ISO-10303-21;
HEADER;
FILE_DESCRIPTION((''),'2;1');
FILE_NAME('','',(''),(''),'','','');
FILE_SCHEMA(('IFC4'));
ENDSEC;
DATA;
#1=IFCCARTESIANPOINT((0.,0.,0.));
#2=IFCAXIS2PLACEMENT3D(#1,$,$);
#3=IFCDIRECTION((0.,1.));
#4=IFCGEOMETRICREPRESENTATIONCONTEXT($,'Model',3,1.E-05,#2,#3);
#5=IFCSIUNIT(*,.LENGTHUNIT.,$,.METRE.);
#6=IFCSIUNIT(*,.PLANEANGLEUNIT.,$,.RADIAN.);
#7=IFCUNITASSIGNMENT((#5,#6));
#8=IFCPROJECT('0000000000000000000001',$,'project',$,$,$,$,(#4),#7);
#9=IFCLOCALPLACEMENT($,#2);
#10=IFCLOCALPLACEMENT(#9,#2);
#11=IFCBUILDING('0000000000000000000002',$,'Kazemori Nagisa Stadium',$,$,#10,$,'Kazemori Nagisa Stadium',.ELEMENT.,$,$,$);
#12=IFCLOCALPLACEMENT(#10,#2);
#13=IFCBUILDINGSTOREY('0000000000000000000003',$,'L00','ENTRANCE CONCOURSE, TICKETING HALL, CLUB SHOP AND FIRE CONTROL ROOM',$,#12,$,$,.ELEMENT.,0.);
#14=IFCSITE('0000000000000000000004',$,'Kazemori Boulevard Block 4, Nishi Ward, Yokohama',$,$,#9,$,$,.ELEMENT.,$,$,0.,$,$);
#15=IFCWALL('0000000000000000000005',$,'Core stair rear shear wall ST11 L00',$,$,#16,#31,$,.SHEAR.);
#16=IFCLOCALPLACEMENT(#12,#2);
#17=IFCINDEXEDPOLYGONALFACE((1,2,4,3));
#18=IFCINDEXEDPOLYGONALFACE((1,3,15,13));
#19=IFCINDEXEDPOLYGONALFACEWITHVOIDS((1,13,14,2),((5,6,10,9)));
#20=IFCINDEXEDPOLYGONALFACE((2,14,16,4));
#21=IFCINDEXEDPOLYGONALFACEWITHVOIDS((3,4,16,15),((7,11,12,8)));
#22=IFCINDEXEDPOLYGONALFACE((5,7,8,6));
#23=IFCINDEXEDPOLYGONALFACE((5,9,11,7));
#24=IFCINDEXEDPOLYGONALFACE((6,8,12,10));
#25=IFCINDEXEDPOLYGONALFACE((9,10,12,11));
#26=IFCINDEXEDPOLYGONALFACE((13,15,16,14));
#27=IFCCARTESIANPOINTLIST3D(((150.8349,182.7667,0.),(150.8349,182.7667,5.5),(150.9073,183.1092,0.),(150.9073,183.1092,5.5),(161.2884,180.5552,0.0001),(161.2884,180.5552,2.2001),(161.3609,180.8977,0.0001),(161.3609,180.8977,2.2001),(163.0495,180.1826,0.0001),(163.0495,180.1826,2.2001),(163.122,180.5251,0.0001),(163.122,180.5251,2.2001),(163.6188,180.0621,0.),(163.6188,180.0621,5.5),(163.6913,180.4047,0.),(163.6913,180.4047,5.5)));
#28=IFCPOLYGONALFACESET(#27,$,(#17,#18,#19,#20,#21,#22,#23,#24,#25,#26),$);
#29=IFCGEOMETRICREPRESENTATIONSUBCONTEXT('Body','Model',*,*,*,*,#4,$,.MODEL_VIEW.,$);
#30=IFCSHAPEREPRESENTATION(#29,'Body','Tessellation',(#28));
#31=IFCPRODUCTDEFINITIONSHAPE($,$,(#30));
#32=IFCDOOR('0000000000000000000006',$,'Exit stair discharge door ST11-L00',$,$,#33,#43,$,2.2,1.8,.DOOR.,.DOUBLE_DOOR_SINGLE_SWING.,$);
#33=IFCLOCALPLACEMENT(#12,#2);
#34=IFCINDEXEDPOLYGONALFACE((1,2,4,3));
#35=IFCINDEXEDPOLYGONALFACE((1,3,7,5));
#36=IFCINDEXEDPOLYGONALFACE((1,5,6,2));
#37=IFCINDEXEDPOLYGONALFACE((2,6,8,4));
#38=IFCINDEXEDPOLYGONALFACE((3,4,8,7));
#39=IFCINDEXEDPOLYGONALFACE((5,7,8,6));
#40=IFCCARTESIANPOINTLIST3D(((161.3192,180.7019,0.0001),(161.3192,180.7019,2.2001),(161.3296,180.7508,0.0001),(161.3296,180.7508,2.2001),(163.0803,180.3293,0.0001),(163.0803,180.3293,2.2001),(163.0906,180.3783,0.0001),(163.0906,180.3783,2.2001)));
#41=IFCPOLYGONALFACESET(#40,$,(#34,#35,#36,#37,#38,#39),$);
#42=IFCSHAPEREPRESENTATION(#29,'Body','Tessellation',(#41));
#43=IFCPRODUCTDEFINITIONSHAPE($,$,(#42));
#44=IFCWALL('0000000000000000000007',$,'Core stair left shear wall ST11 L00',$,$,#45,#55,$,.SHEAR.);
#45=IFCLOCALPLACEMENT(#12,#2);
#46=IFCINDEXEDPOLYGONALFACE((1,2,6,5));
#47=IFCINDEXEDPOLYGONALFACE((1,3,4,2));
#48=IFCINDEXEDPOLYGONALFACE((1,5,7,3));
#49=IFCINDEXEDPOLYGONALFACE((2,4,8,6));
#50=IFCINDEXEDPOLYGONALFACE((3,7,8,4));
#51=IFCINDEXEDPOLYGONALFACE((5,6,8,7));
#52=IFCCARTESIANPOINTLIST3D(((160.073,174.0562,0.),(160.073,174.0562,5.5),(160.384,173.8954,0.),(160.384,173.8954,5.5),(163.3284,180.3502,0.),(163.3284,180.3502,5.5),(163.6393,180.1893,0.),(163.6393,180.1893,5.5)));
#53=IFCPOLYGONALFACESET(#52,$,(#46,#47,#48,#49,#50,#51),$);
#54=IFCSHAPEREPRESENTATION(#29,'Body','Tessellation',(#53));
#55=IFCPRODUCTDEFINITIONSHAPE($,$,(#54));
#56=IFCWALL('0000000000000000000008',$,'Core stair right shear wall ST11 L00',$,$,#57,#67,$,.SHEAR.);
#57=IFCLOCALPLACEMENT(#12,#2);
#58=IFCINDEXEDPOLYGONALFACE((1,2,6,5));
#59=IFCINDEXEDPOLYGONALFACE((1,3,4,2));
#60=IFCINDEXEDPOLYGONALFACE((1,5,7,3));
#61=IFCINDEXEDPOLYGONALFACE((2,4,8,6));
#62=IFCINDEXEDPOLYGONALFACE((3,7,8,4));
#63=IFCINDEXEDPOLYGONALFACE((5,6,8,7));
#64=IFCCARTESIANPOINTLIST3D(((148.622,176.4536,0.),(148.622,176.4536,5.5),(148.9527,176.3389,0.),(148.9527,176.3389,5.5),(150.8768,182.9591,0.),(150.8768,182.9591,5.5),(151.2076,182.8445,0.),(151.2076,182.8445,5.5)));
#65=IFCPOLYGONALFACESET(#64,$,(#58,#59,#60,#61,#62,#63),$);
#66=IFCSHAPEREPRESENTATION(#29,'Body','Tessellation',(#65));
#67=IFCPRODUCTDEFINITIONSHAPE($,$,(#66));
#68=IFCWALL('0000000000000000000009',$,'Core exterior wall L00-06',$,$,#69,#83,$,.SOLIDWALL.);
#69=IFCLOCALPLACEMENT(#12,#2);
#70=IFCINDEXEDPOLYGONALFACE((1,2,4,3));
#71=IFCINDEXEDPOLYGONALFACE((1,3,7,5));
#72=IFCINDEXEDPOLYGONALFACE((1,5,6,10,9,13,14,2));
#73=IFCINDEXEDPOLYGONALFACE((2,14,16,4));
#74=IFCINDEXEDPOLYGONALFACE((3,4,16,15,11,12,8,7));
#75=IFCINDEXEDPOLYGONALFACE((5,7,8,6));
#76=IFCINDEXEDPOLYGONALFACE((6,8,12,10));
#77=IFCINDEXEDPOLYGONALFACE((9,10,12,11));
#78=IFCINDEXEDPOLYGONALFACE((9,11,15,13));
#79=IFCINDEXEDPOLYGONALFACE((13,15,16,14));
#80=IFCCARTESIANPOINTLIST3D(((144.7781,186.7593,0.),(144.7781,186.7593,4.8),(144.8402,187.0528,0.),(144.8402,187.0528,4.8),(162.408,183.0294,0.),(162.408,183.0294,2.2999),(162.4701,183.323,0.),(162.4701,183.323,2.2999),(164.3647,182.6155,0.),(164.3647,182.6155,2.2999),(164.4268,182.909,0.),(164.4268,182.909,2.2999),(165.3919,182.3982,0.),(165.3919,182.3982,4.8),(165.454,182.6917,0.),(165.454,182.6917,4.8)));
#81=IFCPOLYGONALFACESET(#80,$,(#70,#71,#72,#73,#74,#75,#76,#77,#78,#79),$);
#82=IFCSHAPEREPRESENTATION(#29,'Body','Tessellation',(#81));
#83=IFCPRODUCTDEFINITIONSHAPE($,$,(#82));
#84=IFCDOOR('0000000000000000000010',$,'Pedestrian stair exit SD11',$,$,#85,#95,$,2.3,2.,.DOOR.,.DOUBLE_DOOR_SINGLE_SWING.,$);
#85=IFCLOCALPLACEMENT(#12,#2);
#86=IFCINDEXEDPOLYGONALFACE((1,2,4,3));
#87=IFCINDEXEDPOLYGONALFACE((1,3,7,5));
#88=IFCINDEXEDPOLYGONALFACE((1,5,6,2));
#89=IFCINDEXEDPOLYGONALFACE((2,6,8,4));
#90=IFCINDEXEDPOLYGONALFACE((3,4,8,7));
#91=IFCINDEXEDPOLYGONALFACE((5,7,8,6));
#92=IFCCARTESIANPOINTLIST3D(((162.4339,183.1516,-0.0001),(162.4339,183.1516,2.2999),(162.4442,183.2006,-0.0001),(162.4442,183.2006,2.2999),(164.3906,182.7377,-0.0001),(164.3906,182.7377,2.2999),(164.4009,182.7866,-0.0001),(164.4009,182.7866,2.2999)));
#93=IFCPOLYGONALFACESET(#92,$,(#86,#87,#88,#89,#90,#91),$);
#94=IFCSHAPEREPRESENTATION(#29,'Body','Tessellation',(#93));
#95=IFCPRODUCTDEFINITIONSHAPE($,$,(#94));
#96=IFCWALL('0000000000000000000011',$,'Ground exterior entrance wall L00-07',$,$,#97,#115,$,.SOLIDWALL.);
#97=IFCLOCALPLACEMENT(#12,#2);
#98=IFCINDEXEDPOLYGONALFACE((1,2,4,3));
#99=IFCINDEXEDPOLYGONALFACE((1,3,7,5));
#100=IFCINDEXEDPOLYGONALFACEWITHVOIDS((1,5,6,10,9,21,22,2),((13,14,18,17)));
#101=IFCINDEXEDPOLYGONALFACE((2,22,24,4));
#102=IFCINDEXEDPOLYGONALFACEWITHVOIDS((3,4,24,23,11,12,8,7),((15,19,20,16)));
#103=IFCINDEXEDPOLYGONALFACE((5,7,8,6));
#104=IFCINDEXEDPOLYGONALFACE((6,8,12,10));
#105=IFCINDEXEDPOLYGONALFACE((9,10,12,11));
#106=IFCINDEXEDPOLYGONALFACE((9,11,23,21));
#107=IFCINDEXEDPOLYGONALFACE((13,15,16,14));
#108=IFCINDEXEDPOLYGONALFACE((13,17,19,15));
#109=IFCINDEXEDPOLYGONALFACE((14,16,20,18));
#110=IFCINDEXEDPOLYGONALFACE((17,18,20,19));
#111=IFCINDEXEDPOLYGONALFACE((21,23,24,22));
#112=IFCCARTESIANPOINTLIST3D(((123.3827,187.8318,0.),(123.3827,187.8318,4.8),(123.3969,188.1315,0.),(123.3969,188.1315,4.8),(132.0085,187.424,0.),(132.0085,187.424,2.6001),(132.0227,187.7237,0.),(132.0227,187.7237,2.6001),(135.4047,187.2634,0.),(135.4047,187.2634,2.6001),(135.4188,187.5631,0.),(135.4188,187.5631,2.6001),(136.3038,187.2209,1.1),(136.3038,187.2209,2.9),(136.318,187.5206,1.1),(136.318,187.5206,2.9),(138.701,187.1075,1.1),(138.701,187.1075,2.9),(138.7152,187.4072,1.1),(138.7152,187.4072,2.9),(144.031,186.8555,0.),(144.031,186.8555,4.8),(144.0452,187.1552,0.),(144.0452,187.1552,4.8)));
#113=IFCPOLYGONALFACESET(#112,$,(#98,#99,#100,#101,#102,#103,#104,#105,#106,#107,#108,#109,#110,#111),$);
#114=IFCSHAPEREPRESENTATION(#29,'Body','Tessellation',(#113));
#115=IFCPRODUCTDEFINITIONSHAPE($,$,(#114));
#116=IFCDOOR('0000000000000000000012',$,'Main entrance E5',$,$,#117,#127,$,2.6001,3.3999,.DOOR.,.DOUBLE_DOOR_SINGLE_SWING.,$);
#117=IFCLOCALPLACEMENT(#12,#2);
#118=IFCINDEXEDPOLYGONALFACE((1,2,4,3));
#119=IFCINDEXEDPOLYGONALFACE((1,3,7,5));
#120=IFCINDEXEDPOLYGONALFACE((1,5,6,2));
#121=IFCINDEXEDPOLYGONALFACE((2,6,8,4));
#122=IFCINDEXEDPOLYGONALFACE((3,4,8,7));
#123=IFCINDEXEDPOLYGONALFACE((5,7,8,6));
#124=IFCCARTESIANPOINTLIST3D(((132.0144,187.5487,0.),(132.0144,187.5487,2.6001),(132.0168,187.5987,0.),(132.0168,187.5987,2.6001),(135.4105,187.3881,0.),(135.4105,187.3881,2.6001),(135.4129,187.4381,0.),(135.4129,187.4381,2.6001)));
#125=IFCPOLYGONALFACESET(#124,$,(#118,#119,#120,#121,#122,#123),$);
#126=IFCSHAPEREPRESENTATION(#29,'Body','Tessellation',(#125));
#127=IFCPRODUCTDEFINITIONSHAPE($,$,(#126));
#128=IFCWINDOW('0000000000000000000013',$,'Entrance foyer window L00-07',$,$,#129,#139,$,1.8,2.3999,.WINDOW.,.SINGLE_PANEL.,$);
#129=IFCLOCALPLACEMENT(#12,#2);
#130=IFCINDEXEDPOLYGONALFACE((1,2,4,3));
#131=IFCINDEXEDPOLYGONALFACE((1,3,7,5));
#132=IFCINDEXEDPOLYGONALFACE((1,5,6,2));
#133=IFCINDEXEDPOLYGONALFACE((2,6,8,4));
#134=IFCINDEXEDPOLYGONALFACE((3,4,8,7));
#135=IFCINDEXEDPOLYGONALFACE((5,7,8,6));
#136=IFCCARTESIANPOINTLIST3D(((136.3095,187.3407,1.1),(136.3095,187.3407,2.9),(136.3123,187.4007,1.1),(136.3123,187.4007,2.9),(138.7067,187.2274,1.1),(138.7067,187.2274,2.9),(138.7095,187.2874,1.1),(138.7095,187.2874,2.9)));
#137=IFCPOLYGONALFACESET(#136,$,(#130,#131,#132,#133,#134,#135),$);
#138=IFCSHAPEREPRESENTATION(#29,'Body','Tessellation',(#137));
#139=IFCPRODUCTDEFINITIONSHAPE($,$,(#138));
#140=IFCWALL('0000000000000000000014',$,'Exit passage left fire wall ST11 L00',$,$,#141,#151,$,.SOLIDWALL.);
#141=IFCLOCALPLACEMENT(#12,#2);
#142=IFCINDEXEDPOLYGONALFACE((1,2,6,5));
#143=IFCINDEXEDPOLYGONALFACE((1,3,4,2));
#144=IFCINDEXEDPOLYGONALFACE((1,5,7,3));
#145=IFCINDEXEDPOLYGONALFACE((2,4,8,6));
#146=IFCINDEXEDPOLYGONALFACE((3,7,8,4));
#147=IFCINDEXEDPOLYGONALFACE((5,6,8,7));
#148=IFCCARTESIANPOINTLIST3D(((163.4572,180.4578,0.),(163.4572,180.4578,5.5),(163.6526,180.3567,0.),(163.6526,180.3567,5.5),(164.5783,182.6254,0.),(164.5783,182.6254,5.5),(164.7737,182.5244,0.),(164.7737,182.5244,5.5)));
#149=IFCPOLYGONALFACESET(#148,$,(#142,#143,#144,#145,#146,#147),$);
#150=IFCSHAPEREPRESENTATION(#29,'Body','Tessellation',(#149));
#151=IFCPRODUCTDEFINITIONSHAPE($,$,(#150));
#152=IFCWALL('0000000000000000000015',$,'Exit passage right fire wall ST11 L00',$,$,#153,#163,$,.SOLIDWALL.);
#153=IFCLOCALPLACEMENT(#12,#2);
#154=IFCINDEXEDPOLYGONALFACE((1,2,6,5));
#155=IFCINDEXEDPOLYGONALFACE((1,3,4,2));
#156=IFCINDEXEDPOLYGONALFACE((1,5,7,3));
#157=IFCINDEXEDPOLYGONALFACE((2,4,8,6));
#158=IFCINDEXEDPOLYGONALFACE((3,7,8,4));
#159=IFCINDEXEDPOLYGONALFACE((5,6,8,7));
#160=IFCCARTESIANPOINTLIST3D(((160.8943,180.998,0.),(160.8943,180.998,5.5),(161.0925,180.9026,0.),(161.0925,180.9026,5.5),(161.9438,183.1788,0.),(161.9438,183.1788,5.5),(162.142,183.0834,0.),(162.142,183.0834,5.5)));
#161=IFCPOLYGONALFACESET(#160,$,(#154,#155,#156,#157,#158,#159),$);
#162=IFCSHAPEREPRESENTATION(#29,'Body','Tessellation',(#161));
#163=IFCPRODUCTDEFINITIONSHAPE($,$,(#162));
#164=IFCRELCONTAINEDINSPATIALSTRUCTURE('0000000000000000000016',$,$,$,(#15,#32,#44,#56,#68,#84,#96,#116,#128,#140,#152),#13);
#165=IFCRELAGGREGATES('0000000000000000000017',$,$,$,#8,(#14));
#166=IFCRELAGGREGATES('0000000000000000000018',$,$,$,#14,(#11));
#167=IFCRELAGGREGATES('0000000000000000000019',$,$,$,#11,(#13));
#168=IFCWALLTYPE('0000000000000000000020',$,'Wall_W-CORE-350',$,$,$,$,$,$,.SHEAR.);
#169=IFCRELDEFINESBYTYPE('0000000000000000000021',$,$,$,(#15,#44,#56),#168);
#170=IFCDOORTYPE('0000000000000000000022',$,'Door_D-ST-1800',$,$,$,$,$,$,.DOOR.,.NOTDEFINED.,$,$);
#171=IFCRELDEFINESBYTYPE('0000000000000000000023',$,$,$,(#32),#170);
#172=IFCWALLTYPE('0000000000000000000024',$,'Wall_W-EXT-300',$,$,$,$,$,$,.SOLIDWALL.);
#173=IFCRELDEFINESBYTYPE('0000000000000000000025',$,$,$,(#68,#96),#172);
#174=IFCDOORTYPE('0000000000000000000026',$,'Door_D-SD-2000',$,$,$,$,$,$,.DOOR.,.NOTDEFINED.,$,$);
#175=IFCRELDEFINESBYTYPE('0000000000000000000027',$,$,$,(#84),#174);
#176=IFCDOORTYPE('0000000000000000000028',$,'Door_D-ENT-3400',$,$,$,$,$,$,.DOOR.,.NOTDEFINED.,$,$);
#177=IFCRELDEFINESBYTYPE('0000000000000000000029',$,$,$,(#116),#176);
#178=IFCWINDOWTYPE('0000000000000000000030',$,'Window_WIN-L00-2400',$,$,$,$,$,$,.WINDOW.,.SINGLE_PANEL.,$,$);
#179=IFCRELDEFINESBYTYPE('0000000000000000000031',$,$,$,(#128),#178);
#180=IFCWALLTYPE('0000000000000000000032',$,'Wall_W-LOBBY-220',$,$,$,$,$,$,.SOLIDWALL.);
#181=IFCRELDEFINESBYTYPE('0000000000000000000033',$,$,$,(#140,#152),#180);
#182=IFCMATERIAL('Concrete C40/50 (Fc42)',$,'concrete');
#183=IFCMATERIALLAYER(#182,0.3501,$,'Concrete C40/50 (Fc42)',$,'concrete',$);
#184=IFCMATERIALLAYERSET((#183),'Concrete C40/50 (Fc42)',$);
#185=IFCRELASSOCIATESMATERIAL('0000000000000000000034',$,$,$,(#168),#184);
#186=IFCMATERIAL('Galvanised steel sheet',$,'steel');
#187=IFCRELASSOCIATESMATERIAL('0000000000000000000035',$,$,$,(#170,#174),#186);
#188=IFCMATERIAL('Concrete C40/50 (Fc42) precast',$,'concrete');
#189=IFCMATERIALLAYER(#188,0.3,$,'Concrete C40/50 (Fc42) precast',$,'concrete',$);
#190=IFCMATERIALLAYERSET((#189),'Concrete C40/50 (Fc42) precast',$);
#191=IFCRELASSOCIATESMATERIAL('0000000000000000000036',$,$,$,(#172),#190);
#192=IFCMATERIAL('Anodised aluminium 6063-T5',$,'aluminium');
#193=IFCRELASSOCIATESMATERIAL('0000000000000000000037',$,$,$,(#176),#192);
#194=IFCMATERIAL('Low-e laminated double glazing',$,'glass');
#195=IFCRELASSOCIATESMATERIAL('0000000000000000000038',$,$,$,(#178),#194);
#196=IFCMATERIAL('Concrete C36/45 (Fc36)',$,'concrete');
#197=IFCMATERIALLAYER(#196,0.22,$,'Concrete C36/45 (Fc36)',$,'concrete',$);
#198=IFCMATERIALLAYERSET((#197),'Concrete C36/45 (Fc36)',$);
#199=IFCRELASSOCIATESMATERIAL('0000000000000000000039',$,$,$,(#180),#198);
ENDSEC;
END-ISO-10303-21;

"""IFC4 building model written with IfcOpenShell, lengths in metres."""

from ifc_helpers import new_model, si_unit, direction, frame, frame_2d, origin, place, context, subcontext, project, spatial, rectangle, extrude, material, layer, layer_set, type_object, element, fill, save


model = new_model("IFC4")

# Units and contexts
model_context = context("Model", 3, precision=1e-05, world=origin(), true_north=direction((0.0, 1.0)))
body_context = subcontext(model_context, "Body", "Model", "MODEL_VIEW")
ifc_project = project(units=[si_unit("LENGTHUNIT", "METRE"), si_unit("PLANEANGLEUNIT", "RADIAN")], contexts=[model_context])

# Site, building, storey
site_placement = place(None, origin())
site = spatial("IfcSite", under=ifc_project, at=site_placement, Name="Kazemori Boulevard Block 4, Nishi Ward, Yokohama", CompositionType="ELEMENT", RefElevation=0.0)
building_placement = place(site_placement, origin())
building = spatial("IfcBuilding", under=site, at=building_placement, Name="Kazemori Nagisa Stadium", LongName="Kazemori Nagisa Stadium", CompositionType="ELEMENT")
storey_placement = place(building_placement, origin())
storey = spatial("IfcBuildingStorey", under=building, at=storey_placement, Name="L00", Description="ENTRANCE CONCOURSE, TICKETING HALL, CLUB SHOP AND FIRE CONTROL ROOM", CompositionType="ELEMENT", Elevation=0.0)

# Shared definitions
ifc_material_1 = material(Name="Concrete C40/50 (Fc42)", Category="concrete")

# Wall, opening, door
ifc_layer_1 = layer(ifc_material_1, 0.3501, Name="Concrete C40/50 (Fc42)", Category="concrete")
ifc_layer_set_1 = layer_set([ifc_layer_1], Name="Concrete C40/50 (Fc42)")
wall_type_1 = type_object("IfcWallType", Name="Wall_W-CORE-350", PredefinedType="SHEAR", material=ifc_layer_set_1)
ifc_material_2 = material(Name="Galvanised steel sheet", Category="steel")
door_type_1 = type_object("IfcDoorType", Name="Door_D-ST-1800", OperationType="NOTDEFINED", PredefinedType="DOOR", material=ifc_material_2)
wall_1_placement = place(storey_placement, frame((163.655, 180.2334, 0.0), z_axis=(0.0, 0.0, 1.0), x_axis=(-0.978345, 0.20698, 0.0)))
wall_1 = element("IfcWall", 1, at=wall_1_placement, inside=storey, type_object=wall_type_1, Name="Core stair rear shear wall ST11 L00", PredefinedType="SHEAR", context=body_context, shape_type="SweptSolid", body=[
    extrude(rectangle(XDim=13.0669, YDim=0.3501, at=frame_2d((6.5334, 0.0))), origin(), (0.0, 0.0, 1.0), 5.5),
])
opening_1_placement = place(wall_1_placement, frame((0.582, 0.0, 0.0)))
opening_1 = element("IfcOpeningElement", 2, at=opening_1_placement, cuts=wall_1, PredefinedType="OPENING", context=body_context, shape_type="SweptSolid", body=[
    extrude(rectangle(XDim=1.8, YDim=2.2, at=frame_2d((0.8999, 1.1001))), frame((0.0, 0.1851, 0.0), z_axis=(0.0, -1.0, 0.0), x_axis=(1.0, 0.0, 0.0)), (0.0, 0.0, 1.0), 0.3701),
])
door_1_placement = place(opening_1_placement, frame((1.8, 0.0, 0.0), z_axis=(0.0, 0.0, 1.0), x_axis=(-1.0, 0.0, 0.0)))
door_1 = element("IfcDoor", 3, at=door_1_placement, inside=storey, type_object=door_type_1, Name="Exit stair discharge door ST11-L00", OperationType="DOUBLE_DOOR_SINGLE_SWING", OverallHeight=2.2, OverallWidth=1.8, PredefinedType="DOOR", context=body_context, shape_type="SweptSolid", body=[
    extrude(rectangle(XDim=1.8, YDim=2.2, at=frame_2d((0.8999, 1.1001))), frame((0.0, 0.0249, 0.0), z_axis=(0.0, -1.0, 0.0), x_axis=(1.0, 0.0, 0.0)), (0.0, 0.0, 1.0), 0.05),
])
fill(opening_1, door_1)

# Walls
wall_2_placement = place(storey_placement, frame((160.2285, 173.9758, 0.0), z_axis=(0.0, 0.0, 1.0), x_axis=(0.45941, 0.888224, 0.0)))
element("IfcWall", 4, at=wall_2_placement, inside=storey, type_object=wall_type_1, Name="Core stair left shear wall ST11 L00", PredefinedType="SHEAR", context=body_context, shape_type="SweptSolid", body=[
    extrude(rectangle(XDim=7.0859, YDim=0.3501, at=frame_2d((3.543, 0.0))), origin(), (0.0, 0.0, 1.0), 5.5),
])
wall_3_placement = place(storey_placement, frame((148.7874, 176.3962, 0.0), z_axis=(0.0, 0.0, 1.0), x_axis=(0.327492, 0.944854, 0.0)))
element("IfcWall", 5, at=wall_3_placement, inside=storey, type_object=wall_type_1, Name="Core stair right shear wall ST11 L00", PredefinedType="SHEAR", context=body_context, shape_type="SweptSolid", body=[
    extrude(rectangle(XDim=6.8853, YDim=0.3501, at=frame_2d((3.4426, 0.0))), origin(), (0.0, 0.0, 1.0), 5.5),
])

# Wall, opening, door
ifc_material_3 = material(Name="Concrete C40/50 (Fc42) precast", Category="concrete")
ifc_layer_2 = layer(ifc_material_3, 0.3, Name="Concrete C40/50 (Fc42) precast", Category="concrete")
ifc_layer_set_2 = layer_set([ifc_layer_2], Name="Concrete C40/50 (Fc42) precast")
wall_type_2 = type_object("IfcWallType", Name="Wall_W-EXT-300", PredefinedType="SOLIDWALL", material=ifc_layer_set_2)
wall_4_placement = place(storey_placement, frame((165.4231, 182.5449, 0.0), z_axis=(0.0, 0.0, 1.0), x_axis=(-0.978345, 0.20698, 0.0)))
wall_4 = element("IfcWall", 6, at=wall_4_placement, inside=storey, type_object=wall_type_2, Name="Core exterior wall L00-06", PredefinedType="SOLIDWALL", context=body_context, shape_type="SweptSolid", body=[
    extrude(rectangle(XDim=21.0701, YDim=0.3, at=frame_2d((10.5352, 0.0))), origin(), (0.0, 0.0, 1.0), 4.8),
])
opening_2_placement = place(wall_4_placement, frame((1.05, 0.0, 0.0)))
opening_2 = element("IfcOpeningElement", 7, at=opening_2_placement, cuts=wall_4, PredefinedType="OPENING", context=body_context, shape_type="SweptSolid", body=[
    extrude(rectangle(XDim=2.0, YDim=2.3, at=frame_2d((1.0, 1.1499))), frame((0.0, 0.1599, 0.0), z_axis=(0.0, -1.0, 0.0), x_axis=(1.0, 0.0, 0.0)), (0.0, 0.0, 1.0), 0.3201),
])
door_type_2 = type_object("IfcDoorType", Name="Door_D-SD-2000", OperationType="NOTDEFINED", PredefinedType="DOOR", material=ifc_material_2)
door_2_placement = place(opening_2_placement, frame((2.0, 0.0, 0.0), z_axis=(0.0, 0.0, 1.0), x_axis=(-1.0, 0.0, 0.0)))
door_2 = element("IfcDoor", 8, at=door_2_placement, inside=storey, type_object=door_type_2, Name="Pedestrian stair exit SD11", OperationType="DOUBLE_DOOR_SINGLE_SWING", OverallHeight=2.3, OverallWidth=2.0, PredefinedType="DOOR", context=body_context, shape_type="SweptSolid", body=[
    extrude(rectangle(XDim=2.0, YDim=2.3, at=frame_2d((1.0, 1.1499))), frame((0.0, 0.0249, 0.0), z_axis=(0.0, -1.0, 0.0), x_axis=(1.0, 0.0, 0.0)), (0.0, 0.0, 1.0), 0.05),
])
fill(opening_2, door_2)

# Wall, openings, door, window
wall_5_placement = place(storey_placement, frame((144.0381, 187.0054, 0.0), z_axis=(0.0, 0.0, 1.0), x_axis=(-0.998884, 0.04723, 0.0)))
wall_5 = element("IfcWall", 9, at=wall_5_placement, inside=storey, type_object=wall_type_2, Name="Ground exterior entrance wall L00-07", PredefinedType="SOLIDWALL", context=body_context, shape_type="SweptSolid", body=[
    extrude(rectangle(XDim=20.6714, YDim=0.3, at=frame_2d((10.3357, 0.0))), origin(), (0.0, 0.0, 1.0), 4.8),
])
opening_3_placement = place(wall_5_placement, frame((8.636, 0.0, 0.0)))
opening_3 = element("IfcOpeningElement", 10, at=opening_3_placement, cuts=wall_5, PredefinedType="OPENING", context=body_context, shape_type="SweptSolid", body=[
    extrude(rectangle(XDim=3.3999, YDim=2.6001, at=frame_2d((1.7, 1.3))), frame((0.0, 0.1599, 0.0), z_axis=(0.0, -1.0, 0.0), x_axis=(1.0, 0.0, 0.0)), (0.0, 0.0, 1.0), 0.3201),
])
opening_4_placement = place(wall_5_placement, frame((5.3359, 0.0, 1.1001)))
opening_4 = element("IfcOpeningElement", 11, at=opening_4_placement, cuts=wall_5, PredefinedType="OPENING", context=body_context, shape_type="SweptSolid", body=[
    extrude(rectangle(XDim=2.3999, YDim=1.8, at=frame_2d((1.2, 0.8999))), frame((0.0, 0.1599, 0.0), z_axis=(0.0, -1.0, 0.0), x_axis=(1.0, 0.0, 0.0)), (0.0, 0.0, 1.0), 0.3201),
])
ifc_material_4 = material(Name="Anodised aluminium 6063-T5", Category="aluminium")
door_type_3 = type_object("IfcDoorType", Name="Door_D-ENT-3400", OperationType="NOTDEFINED", PredefinedType="DOOR", material=ifc_material_4)
door_3_placement = place(opening_3_placement, frame((3.3999, 0.0, 0.0), z_axis=(0.0, 0.0, 1.0), x_axis=(-1.0, 0.0, 0.0)))
door_3 = element("IfcDoor", 12, at=door_3_placement, inside=storey, type_object=door_type_3, Name="Main entrance E5", OperationType="DOUBLE_DOOR_SINGLE_SWING", OverallHeight=2.6001, OverallWidth=3.3999, PredefinedType="DOOR", context=body_context, shape_type="SweptSolid", body=[
    extrude(rectangle(XDim=3.3999, YDim=2.6001, at=frame_2d((1.7, 1.3))), frame((0.0, 0.0249, 0.0), z_axis=(0.0, -1.0, 0.0), x_axis=(1.0, 0.0, 0.0)), (0.0, 0.0, 1.0), 0.05),
])
fill(opening_3, door_3)
ifc_material_5 = material(Name="Low-e laminated double glazing", Category="glass")
window_type = type_object("IfcWindowType", Name="Window_WIN-L00-2400", PartitioningType="SINGLE_PANEL", PredefinedType="WINDOW", material=ifc_material_5)
window_placement = place(opening_4_placement, origin())
window = element("IfcWindow", 13, at=window_placement, inside=storey, type_object=window_type, Name="Entrance foyer window L00-07", OverallHeight=1.8, OverallWidth=2.3999, PartitioningType="SINGLE_PANEL", PredefinedType="WINDOW", context=body_context, shape_type="SweptSolid", body=[
    extrude(rectangle(XDim=2.3999, YDim=1.8, at=frame_2d((1.2, 0.8999))), frame((0.0, 0.03, 0.0), z_axis=(0.0, -1.0, 0.0), x_axis=(1.0, 0.0, 0.0)), (0.0, 0.0, 1.0), 0.0601),
])
fill(opening_4, window)

# Walls
ifc_material_6 = material(Name="Concrete C36/45 (Fc36)", Category="concrete")
ifc_layer_3 = layer(ifc_material_6, 0.22, Name="Concrete C36/45 (Fc36)", Category="concrete")
ifc_layer_set_3 = layer_set([ifc_layer_3], Name="Concrete C36/45 (Fc36)")
wall_type_3 = type_object("IfcWallType", Name="Wall_W-LOBBY-220", PredefinedType="SOLIDWALL", material=ifc_layer_set_3)
wall_6_placement = place(storey_placement, frame((163.5549, 180.4072, 0.0), z_axis=(0.0, 0.0, 1.0), x_axis=(0.459377, 0.888242, 0.0)))
element("IfcWall", 14, at=wall_6_placement, inside=storey, type_object=wall_type_3, Name="Exit passage left fire wall ST11 L00", PredefinedType="SOLIDWALL", context=body_context, shape_type="SweptSolid", body=[
    extrude(rectangle(XDim=2.4404, YDim=0.22, at=frame_2d((1.2202, 0.0))), origin(), (0.0, 0.0, 1.0), 5.5),
])
wall_7_placement = place(storey_placement, frame((160.9934, 180.9504, 0.0), z_axis=(0.0, 0.0, 1.0), x_axis=(0.433685, 0.901064, 0.0)))
element("IfcWall", 15, at=wall_7_placement, inside=storey, type_object=wall_type_3, Name="Exit passage right fire wall ST11 L00", PredefinedType="SOLIDWALL", context=body_context, shape_type="SweptSolid", body=[
    extrude(rectangle(XDim=2.4202, YDim=0.22, at=frame_2d((1.21, 0.0))), origin(), (0.0, 0.0, 1.0), 5.5),
])

save(model, "model.ifc")
